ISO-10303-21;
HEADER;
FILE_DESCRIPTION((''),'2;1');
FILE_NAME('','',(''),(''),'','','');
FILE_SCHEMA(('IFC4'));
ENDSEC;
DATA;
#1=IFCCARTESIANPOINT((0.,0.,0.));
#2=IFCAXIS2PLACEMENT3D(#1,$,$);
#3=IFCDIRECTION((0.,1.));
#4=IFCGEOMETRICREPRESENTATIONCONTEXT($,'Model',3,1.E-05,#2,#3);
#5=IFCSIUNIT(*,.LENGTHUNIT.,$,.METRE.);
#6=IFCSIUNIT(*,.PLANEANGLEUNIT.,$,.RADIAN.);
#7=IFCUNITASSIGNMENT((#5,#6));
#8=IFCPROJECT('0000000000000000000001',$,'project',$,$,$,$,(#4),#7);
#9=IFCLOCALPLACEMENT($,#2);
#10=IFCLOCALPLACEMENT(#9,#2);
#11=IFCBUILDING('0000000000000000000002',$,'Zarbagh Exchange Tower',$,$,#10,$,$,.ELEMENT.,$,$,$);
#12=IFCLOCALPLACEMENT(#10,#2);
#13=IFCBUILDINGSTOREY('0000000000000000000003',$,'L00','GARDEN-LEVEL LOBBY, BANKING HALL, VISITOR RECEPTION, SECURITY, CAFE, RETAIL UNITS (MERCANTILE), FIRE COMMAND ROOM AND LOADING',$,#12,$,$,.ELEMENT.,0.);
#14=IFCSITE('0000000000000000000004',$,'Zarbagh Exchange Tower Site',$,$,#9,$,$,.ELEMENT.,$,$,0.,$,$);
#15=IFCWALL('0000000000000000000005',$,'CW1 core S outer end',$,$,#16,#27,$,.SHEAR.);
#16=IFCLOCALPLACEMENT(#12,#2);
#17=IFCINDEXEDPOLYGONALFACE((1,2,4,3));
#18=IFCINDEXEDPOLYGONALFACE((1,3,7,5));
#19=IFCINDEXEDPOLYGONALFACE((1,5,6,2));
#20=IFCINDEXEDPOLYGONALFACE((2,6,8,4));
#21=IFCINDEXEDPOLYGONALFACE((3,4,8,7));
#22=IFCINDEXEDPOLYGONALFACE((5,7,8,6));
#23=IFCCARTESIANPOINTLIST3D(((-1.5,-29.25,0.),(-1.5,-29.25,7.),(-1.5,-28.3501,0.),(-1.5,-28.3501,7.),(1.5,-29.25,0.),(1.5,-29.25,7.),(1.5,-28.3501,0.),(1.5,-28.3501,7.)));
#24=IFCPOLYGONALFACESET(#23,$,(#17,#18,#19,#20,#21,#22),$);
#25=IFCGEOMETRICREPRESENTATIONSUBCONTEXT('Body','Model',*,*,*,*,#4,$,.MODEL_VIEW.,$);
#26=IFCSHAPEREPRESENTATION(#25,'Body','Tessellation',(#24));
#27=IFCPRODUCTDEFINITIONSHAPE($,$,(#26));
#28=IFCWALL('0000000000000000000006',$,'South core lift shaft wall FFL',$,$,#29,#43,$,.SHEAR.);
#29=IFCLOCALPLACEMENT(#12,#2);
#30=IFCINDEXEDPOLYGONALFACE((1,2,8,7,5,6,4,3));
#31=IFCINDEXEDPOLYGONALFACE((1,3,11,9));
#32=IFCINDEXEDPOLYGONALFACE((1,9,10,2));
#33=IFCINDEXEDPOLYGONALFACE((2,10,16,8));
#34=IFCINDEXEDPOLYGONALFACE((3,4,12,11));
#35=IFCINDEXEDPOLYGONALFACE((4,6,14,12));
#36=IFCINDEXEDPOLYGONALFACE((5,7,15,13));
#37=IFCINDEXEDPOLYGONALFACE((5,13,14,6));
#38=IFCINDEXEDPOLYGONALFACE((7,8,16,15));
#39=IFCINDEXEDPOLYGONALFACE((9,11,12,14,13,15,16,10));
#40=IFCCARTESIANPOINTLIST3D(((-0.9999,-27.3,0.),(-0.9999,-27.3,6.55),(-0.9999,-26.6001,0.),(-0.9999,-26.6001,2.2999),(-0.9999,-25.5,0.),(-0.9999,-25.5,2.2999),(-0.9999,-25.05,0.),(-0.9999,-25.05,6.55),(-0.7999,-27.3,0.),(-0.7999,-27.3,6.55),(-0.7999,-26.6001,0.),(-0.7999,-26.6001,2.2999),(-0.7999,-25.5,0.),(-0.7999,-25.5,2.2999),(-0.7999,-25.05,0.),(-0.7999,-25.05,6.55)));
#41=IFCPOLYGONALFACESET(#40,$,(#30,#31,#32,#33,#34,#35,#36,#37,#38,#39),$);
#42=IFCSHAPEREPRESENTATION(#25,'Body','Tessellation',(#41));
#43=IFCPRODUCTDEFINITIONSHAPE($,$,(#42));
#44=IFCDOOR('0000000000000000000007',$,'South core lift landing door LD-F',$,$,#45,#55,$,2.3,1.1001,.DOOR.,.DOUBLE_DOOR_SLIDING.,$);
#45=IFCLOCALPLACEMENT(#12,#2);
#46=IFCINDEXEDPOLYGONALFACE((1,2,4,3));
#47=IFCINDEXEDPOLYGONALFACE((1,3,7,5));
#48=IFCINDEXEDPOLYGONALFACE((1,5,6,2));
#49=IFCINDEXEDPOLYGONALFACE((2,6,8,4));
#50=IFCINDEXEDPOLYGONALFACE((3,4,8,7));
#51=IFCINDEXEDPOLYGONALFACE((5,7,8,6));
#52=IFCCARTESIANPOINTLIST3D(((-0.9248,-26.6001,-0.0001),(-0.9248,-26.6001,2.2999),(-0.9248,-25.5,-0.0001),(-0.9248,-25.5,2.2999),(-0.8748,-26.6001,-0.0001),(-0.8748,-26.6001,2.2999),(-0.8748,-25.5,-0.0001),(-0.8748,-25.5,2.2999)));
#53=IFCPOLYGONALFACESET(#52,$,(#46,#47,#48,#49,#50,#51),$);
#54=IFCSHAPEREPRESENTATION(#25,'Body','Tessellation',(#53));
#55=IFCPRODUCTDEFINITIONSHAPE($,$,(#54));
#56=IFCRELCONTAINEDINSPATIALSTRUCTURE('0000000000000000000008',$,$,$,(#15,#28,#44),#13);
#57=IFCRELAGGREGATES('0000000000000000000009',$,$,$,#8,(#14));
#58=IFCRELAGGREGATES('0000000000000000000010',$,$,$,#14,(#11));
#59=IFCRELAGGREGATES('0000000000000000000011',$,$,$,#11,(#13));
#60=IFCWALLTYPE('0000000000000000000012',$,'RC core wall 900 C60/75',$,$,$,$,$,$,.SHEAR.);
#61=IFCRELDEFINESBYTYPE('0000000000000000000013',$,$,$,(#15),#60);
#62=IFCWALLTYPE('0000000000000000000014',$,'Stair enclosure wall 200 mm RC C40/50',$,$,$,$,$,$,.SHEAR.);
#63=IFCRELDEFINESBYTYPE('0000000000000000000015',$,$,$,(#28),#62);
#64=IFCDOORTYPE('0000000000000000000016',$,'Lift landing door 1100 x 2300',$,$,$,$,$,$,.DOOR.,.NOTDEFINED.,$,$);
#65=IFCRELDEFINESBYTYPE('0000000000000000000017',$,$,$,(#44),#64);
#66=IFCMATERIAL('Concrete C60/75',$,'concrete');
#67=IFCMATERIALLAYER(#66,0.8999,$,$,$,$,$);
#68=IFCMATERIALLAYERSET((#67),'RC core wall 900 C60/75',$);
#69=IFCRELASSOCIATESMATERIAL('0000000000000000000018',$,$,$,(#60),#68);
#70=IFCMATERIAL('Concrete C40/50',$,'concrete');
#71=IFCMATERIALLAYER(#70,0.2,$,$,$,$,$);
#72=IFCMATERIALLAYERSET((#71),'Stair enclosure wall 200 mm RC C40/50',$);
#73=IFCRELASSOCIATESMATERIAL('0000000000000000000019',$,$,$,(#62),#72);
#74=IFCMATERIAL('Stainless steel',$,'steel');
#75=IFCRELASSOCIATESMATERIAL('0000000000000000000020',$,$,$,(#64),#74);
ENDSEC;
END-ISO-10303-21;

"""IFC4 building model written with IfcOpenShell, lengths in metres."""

from ifc_helpers import new_model, si_unit, direction, frame, frame_2d, origin, place, context, subcontext, project, spatial, rectangle, extrude, material, layer, layer_set, type_object, element, fill, save


model = new_model("IFC4")

# Units and contexts
model_context = context("Model", 3, precision=1e-05, world=origin(), true_north=direction((0.0, 1.0)))
body_context = subcontext(model_context, "Body", "Model", "MODEL_VIEW")
ifc_project = project(units=[si_unit("LENGTHUNIT", "METRE"), si_unit("PLANEANGLEUNIT", "RADIAN")], contexts=[model_context])

# Site, building, storey
site_placement = place(None, origin())
site = spatial("IfcSite", under=ifc_project, at=site_placement, Name="Zarbagh Exchange Tower Site", CompositionType="ELEMENT", RefElevation=0.0)
building_placement = place(site_placement, origin())
building = spatial("IfcBuilding", under=site, at=building_placement, Name="Zarbagh Exchange Tower", CompositionType="ELEMENT")
storey_placement = place(building_placement, origin())
storey = spatial("IfcBuildingStorey", under=building, at=storey_placement, Name="L00", Description="GARDEN-LEVEL LOBBY, BANKING HALL, VISITOR RECEPTION, SECURITY, CAFE, RETAIL UNITS (MERCANTILE), FIRE COMMAND ROOM AND LOADING", CompositionType="ELEMENT", Elevation=0.0)

# Shared definitions
ifc_material_1 = material(Name="Concrete C60/75", Category="concrete")

# Wall
ifc_layer_1 = layer(ifc_material_1, 0.8999)
ifc_layer_set_1 = layer_set([ifc_layer_1], Name="RC core wall 900 C60/75")
wall_type_1 = type_object("IfcWallType", Name="RC core wall 900 C60/75", PredefinedType="SHEAR", material=ifc_layer_set_1)
wall_1_placement = place(storey_placement, frame((-1.5, -28.8, 0.0), z_axis=(0.0, 0.0, 1.0), x_axis=(1.0, 0.0, 0.0)))
element("IfcWall", 1, at=wall_1_placement, inside=storey, type_object=wall_type_1, Name="CW1 core S outer end", PredefinedType="SHEAR", context=body_context, shape_type="SweptSolid", body=[
    extrude(rectangle(XDim=3.0, YDim=0.8999, at=frame_2d((1.5, 0.0))), origin(), (0.0, 0.0, 1.0), 7.0),
])

# Wall, opening, door
ifc_material_2 = material(Name="Concrete C40/50", Category="concrete")
ifc_layer_2 = layer(ifc_material_2, 0.2)
ifc_layer_set_2 = layer_set([ifc_layer_2], Name="Stair enclosure wall 200 mm RC C40/50")
wall_type_2 = type_object("IfcWallType", Name="Stair enclosure wall 200 mm RC C40/50", PredefinedType="SHEAR", material=ifc_layer_set_2)
wall_2_placement = place(storey_placement, frame((-0.8999, -27.3, 0.0), z_axis=(0.0, 0.0, 1.0), x_axis=(0.0, 1.0, 0.0)))
wall_2 = element("IfcWall", 2, at=wall_2_placement, inside=storey, type_object=wall_type_2, Name="South core lift shaft wall FFL", PredefinedType="SHEAR", context=body_context, shape_type="SweptSolid", body=[
    extrude(rectangle(XDim=2.25, YDim=0.2, at=frame_2d((1.125, 0.0))), origin(), (0.0, 0.0, 1.0), 6.55),
])
opening_1_placement = place(wall_2_placement, frame((0.7, 0.0, 0.0)))
opening_1 = element("IfcOpeningElement", 3, at=opening_1_placement, cuts=wall_2, PredefinedType="OPENING", context=body_context, shape_type="SweptSolid", body=[
    extrude(rectangle(XDim=1.1001, YDim=2.3, at=frame_2d((0.55, 1.1499))), frame((0.0, 0.1099, 0.0), z_axis=(0.0, -1.0, 0.0), x_axis=(1.0, 0.0, 0.0)), (0.0, 0.0, 1.0), 0.22),
])
ifc_material_3 = material(Name="Stainless steel", Category="steel")
door_type_1 = type_object("IfcDoorType", Name="Lift landing door 1100 x 2300", OperationType="NOTDEFINED", PredefinedType="DOOR", material=ifc_material_3)
door_1_placement = place(opening_1_placement, origin())
door_1 = element("IfcDoor", 4, at=door_1_placement, inside=storey, type_object=door_type_1, Name="South core lift landing door LD-F", OperationType="DOUBLE_DOOR_SLIDING", OverallHeight=2.3, OverallWidth=1.1001, PredefinedType="DOOR", context=body_context, shape_type="SweptSolid", body=[
    extrude(rectangle(XDim=1.1001, YDim=2.3, at=frame_2d((0.55, 1.1499))), frame((0.0, 0.0249, 0.0), z_axis=(0.0, -1.0, 0.0), x_axis=(1.0, 0.0, 0.0)), (0.0, 0.0, 1.0), 0.05),
])
fill(opening_1, door_1)

save(model, "model.ifc")
